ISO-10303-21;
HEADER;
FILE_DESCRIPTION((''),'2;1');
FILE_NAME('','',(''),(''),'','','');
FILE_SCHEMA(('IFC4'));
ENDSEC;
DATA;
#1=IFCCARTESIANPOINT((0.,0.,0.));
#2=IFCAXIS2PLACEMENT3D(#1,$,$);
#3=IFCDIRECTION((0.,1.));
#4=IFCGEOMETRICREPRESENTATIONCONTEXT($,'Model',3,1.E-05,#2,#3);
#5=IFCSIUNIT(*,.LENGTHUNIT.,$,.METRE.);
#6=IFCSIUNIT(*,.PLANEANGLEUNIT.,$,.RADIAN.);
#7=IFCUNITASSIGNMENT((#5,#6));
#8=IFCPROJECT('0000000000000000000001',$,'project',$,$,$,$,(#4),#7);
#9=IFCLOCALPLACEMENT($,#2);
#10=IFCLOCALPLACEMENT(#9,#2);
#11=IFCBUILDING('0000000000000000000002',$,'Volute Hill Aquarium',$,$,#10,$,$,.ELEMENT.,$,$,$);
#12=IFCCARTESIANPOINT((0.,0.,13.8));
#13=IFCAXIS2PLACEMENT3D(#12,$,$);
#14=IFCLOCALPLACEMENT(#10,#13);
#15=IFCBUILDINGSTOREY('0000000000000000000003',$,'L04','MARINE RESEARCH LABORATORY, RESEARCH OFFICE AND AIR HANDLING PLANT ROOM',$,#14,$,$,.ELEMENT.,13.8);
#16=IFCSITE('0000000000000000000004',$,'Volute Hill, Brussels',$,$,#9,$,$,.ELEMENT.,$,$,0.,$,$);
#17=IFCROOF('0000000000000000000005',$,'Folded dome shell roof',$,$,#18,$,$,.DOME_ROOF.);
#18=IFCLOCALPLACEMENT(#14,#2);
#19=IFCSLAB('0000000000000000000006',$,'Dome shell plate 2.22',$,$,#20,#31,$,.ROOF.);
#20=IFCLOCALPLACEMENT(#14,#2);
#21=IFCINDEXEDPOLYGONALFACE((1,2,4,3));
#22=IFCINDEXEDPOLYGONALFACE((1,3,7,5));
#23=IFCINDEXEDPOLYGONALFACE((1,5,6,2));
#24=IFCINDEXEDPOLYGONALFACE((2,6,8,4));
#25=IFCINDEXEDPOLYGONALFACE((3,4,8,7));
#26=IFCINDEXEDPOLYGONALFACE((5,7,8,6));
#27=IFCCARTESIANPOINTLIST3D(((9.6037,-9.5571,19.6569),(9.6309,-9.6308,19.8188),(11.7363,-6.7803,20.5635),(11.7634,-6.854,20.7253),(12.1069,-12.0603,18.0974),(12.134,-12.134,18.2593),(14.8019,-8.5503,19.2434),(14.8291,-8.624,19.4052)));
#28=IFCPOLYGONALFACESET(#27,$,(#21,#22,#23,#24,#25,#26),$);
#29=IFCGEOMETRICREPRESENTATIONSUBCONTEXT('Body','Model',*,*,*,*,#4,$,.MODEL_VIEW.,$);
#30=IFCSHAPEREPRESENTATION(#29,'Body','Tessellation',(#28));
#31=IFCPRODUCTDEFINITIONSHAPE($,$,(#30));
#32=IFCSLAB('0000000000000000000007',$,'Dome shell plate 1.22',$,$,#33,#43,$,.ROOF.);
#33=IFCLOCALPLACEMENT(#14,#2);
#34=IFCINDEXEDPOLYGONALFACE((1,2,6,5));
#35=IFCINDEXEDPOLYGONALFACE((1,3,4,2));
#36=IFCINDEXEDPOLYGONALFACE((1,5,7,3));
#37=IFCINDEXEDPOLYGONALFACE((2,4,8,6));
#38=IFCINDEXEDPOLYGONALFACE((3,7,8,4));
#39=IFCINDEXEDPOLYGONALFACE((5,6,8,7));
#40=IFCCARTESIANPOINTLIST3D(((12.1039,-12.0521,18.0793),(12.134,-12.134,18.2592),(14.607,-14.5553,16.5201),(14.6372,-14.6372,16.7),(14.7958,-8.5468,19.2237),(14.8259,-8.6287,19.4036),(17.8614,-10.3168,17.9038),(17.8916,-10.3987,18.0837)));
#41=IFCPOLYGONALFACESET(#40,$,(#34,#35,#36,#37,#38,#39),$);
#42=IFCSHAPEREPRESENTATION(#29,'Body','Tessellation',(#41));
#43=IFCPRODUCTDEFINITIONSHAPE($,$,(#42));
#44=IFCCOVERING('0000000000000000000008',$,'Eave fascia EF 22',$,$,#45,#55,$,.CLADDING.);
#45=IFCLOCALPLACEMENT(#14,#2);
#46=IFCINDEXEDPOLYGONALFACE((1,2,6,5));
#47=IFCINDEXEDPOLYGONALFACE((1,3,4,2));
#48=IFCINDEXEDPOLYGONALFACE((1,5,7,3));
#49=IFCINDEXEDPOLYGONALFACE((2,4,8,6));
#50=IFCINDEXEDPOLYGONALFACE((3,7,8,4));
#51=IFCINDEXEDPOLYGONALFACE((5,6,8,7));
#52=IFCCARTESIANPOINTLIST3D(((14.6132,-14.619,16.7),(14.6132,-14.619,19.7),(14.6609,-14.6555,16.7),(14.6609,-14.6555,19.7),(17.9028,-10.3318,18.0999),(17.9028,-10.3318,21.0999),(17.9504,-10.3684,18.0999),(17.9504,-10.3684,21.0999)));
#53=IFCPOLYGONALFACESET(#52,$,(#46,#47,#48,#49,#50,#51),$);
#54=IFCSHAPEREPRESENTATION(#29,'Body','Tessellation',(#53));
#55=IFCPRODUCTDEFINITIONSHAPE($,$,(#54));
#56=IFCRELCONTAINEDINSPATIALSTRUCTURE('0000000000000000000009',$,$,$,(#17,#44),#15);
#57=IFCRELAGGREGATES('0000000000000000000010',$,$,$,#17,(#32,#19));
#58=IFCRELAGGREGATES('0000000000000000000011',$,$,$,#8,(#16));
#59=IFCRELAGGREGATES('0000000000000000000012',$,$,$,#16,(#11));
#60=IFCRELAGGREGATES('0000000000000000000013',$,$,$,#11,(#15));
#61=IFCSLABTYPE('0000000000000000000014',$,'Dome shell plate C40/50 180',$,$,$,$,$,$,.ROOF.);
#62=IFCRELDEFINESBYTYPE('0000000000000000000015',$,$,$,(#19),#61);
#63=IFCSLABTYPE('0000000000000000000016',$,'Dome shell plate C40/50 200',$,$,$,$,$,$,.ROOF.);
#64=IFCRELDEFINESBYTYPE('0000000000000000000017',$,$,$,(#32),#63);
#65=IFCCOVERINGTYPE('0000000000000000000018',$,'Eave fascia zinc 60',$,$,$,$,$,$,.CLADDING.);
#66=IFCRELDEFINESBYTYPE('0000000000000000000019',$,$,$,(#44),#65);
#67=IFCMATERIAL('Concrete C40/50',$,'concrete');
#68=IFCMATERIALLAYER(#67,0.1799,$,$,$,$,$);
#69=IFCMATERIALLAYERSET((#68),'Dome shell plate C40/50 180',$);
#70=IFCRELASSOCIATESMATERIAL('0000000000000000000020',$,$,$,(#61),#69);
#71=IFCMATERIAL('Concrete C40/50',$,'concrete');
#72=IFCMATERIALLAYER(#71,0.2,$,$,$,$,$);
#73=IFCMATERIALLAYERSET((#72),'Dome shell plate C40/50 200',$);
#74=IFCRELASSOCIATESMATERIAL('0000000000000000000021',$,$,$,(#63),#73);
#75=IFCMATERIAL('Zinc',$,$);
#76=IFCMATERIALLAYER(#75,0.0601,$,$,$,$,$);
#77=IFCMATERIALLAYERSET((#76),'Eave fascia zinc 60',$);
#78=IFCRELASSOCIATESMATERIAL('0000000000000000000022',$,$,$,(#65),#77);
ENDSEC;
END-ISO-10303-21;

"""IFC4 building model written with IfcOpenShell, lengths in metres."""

from ifc_helpers import new_model, si_unit, direction, frame, origin, place, context, subcontext, project, spatial, polyline, outline, extrude, material, layer, layer_set, type_object, element, aggregate, save


model = new_model("IFC4")

# Units and contexts
model_context = context("Model", 3, precision=1e-05, world=origin(), true_north=direction((0.0, 1.0)))
body_context = subcontext(model_context, "Body", "Model", "MODEL_VIEW")
ifc_project = project(units=[si_unit("LENGTHUNIT", "METRE"), si_unit("PLANEANGLEUNIT", "RADIAN")], contexts=[model_context])

# Site, building, storey
site_placement = place(None, origin())
site = spatial("IfcSite", under=ifc_project, at=site_placement, Name="Volute Hill, Brussels", CompositionType="ELEMENT", RefElevation=0.0)
building_placement = place(site_placement, origin())
building = spatial("IfcBuilding", under=site, at=building_placement, Name="Volute Hill Aquarium", CompositionType="ELEMENT")
storey_placement = place(building_placement, frame((0.0, 0.0, 13.8)))
storey = spatial("IfcBuildingStorey", under=building, at=storey_placement, Name="L04", Description="MARINE RESEARCH LABORATORY, RESEARCH OFFICE AND AIR HANDLING PLANT ROOM", CompositionType="ELEMENT", Elevation=13.8)

# Roof, slabs
roof_placement = place(storey_placement, origin())
roof = element("IfcRoof", 1, at=roof_placement, inside=storey, Name="Folded dome shell roof", PredefinedType="DOME_ROOF")
ifc_material_1 = material(Name="Concrete C40/50", Category="concrete")
ifc_layer_1 = layer(ifc_material_1, 0.1799)
ifc_layer_set_1 = layer_set([ifc_layer_1], Name="Dome shell plate C40/50 180")
slab_type_1 = type_object("IfcSlabType", Name="Dome shell plate C40/50 180", PredefinedType="ROOF", material=ifc_layer_set_1)
slab_1_placement = place(storey_placement, frame((12.134, -12.134, 18.2593), z_axis=(0.150917, -0.409612, 0.89969), x_axis=(0.589561, 0.767837, 0.250687)))
slab_1 = element("IfcSlab", 2, at=slab_1_placement, type_object=slab_type_1, Name="Dome shell plate 2.22", PredefinedType="ROOF", context=body_context, shape_type="SweptSolid", body=[
    extrude(outline(polyline([(0.0, 0.0), (4.5713, 0.0), (4.4539, 3.7763), (0.8372, 3.7766), (0.0, 0.0)])), origin(), (0.0, 0.0, -1.0), 0.1799),
])
ifc_material_2 = material(Name="Concrete C40/50", Category="concrete")
ifc_layer_2 = layer(ifc_material_2, 0.2)
ifc_layer_set_2 = layer_set([ifc_layer_2], Name="Dome shell plate C40/50 200")
slab_type_2 = type_object("IfcSlabType", Name="Dome shell plate C40/50 200", PredefinedType="ROOF", material=ifc_layer_set_2)
slab_2_placement = place(storey_placement, frame((14.6372, -14.6372, 16.7), z_axis=(0.150878, -0.409575, 0.899713), x_axis=(0.589557, 0.767843, 0.250678)))
slab_2 = element("IfcSlab", 3, at=slab_2_placement, type_object=slab_type_2, Name="Dome shell plate 1.22", PredefinedType="ROOF", context=body_context, shape_type="SweptSolid", body=[
    extrude(outline(polyline([(0.0, 0.0), (5.5201, 0.0), (5.4026, 3.7762), (0.8372, 3.7766), (0.0, 0.0)])), origin(), (0.0, 0.0, -1.0), 0.2),
])
aggregate(roof, [slab_2, slab_1])

# Covering
ifc_material_3 = material(Name="Zinc")
ifc_layer_3 = layer(ifc_material_3, 0.0601)
ifc_layer_set_3 = layer_set([ifc_layer_3], Name="Eave fascia zinc 60")
covering_type = type_object("IfcCoveringType", Name="Eave fascia zinc 60", PredefinedType="CLADDING", material=ifc_layer_set_3)
covering_placement = place(storey_placement, frame((14.6609, -14.6555, 16.7), z_axis=(0.793359, -0.608754, 0.0), x_axis=(0.5893, 0.768006, 0.250783)))
element("IfcCovering", 4, at=covering_placement, inside=storey, type_object=covering_type, Name="Eave fascia EF 22", PredefinedType="CLADDING", context=body_context, shape_type="SweptSolid", body=[
    extrude(outline(polyline([(0.0, 0.0), (5.5821, 0.0), (6.3345, 2.9041), (0.7523, 2.9041), (0.0, 0.0)])), origin(), (0.0, 0.0, -1.0), 0.0601),
])

save(model, "model.ifc")
